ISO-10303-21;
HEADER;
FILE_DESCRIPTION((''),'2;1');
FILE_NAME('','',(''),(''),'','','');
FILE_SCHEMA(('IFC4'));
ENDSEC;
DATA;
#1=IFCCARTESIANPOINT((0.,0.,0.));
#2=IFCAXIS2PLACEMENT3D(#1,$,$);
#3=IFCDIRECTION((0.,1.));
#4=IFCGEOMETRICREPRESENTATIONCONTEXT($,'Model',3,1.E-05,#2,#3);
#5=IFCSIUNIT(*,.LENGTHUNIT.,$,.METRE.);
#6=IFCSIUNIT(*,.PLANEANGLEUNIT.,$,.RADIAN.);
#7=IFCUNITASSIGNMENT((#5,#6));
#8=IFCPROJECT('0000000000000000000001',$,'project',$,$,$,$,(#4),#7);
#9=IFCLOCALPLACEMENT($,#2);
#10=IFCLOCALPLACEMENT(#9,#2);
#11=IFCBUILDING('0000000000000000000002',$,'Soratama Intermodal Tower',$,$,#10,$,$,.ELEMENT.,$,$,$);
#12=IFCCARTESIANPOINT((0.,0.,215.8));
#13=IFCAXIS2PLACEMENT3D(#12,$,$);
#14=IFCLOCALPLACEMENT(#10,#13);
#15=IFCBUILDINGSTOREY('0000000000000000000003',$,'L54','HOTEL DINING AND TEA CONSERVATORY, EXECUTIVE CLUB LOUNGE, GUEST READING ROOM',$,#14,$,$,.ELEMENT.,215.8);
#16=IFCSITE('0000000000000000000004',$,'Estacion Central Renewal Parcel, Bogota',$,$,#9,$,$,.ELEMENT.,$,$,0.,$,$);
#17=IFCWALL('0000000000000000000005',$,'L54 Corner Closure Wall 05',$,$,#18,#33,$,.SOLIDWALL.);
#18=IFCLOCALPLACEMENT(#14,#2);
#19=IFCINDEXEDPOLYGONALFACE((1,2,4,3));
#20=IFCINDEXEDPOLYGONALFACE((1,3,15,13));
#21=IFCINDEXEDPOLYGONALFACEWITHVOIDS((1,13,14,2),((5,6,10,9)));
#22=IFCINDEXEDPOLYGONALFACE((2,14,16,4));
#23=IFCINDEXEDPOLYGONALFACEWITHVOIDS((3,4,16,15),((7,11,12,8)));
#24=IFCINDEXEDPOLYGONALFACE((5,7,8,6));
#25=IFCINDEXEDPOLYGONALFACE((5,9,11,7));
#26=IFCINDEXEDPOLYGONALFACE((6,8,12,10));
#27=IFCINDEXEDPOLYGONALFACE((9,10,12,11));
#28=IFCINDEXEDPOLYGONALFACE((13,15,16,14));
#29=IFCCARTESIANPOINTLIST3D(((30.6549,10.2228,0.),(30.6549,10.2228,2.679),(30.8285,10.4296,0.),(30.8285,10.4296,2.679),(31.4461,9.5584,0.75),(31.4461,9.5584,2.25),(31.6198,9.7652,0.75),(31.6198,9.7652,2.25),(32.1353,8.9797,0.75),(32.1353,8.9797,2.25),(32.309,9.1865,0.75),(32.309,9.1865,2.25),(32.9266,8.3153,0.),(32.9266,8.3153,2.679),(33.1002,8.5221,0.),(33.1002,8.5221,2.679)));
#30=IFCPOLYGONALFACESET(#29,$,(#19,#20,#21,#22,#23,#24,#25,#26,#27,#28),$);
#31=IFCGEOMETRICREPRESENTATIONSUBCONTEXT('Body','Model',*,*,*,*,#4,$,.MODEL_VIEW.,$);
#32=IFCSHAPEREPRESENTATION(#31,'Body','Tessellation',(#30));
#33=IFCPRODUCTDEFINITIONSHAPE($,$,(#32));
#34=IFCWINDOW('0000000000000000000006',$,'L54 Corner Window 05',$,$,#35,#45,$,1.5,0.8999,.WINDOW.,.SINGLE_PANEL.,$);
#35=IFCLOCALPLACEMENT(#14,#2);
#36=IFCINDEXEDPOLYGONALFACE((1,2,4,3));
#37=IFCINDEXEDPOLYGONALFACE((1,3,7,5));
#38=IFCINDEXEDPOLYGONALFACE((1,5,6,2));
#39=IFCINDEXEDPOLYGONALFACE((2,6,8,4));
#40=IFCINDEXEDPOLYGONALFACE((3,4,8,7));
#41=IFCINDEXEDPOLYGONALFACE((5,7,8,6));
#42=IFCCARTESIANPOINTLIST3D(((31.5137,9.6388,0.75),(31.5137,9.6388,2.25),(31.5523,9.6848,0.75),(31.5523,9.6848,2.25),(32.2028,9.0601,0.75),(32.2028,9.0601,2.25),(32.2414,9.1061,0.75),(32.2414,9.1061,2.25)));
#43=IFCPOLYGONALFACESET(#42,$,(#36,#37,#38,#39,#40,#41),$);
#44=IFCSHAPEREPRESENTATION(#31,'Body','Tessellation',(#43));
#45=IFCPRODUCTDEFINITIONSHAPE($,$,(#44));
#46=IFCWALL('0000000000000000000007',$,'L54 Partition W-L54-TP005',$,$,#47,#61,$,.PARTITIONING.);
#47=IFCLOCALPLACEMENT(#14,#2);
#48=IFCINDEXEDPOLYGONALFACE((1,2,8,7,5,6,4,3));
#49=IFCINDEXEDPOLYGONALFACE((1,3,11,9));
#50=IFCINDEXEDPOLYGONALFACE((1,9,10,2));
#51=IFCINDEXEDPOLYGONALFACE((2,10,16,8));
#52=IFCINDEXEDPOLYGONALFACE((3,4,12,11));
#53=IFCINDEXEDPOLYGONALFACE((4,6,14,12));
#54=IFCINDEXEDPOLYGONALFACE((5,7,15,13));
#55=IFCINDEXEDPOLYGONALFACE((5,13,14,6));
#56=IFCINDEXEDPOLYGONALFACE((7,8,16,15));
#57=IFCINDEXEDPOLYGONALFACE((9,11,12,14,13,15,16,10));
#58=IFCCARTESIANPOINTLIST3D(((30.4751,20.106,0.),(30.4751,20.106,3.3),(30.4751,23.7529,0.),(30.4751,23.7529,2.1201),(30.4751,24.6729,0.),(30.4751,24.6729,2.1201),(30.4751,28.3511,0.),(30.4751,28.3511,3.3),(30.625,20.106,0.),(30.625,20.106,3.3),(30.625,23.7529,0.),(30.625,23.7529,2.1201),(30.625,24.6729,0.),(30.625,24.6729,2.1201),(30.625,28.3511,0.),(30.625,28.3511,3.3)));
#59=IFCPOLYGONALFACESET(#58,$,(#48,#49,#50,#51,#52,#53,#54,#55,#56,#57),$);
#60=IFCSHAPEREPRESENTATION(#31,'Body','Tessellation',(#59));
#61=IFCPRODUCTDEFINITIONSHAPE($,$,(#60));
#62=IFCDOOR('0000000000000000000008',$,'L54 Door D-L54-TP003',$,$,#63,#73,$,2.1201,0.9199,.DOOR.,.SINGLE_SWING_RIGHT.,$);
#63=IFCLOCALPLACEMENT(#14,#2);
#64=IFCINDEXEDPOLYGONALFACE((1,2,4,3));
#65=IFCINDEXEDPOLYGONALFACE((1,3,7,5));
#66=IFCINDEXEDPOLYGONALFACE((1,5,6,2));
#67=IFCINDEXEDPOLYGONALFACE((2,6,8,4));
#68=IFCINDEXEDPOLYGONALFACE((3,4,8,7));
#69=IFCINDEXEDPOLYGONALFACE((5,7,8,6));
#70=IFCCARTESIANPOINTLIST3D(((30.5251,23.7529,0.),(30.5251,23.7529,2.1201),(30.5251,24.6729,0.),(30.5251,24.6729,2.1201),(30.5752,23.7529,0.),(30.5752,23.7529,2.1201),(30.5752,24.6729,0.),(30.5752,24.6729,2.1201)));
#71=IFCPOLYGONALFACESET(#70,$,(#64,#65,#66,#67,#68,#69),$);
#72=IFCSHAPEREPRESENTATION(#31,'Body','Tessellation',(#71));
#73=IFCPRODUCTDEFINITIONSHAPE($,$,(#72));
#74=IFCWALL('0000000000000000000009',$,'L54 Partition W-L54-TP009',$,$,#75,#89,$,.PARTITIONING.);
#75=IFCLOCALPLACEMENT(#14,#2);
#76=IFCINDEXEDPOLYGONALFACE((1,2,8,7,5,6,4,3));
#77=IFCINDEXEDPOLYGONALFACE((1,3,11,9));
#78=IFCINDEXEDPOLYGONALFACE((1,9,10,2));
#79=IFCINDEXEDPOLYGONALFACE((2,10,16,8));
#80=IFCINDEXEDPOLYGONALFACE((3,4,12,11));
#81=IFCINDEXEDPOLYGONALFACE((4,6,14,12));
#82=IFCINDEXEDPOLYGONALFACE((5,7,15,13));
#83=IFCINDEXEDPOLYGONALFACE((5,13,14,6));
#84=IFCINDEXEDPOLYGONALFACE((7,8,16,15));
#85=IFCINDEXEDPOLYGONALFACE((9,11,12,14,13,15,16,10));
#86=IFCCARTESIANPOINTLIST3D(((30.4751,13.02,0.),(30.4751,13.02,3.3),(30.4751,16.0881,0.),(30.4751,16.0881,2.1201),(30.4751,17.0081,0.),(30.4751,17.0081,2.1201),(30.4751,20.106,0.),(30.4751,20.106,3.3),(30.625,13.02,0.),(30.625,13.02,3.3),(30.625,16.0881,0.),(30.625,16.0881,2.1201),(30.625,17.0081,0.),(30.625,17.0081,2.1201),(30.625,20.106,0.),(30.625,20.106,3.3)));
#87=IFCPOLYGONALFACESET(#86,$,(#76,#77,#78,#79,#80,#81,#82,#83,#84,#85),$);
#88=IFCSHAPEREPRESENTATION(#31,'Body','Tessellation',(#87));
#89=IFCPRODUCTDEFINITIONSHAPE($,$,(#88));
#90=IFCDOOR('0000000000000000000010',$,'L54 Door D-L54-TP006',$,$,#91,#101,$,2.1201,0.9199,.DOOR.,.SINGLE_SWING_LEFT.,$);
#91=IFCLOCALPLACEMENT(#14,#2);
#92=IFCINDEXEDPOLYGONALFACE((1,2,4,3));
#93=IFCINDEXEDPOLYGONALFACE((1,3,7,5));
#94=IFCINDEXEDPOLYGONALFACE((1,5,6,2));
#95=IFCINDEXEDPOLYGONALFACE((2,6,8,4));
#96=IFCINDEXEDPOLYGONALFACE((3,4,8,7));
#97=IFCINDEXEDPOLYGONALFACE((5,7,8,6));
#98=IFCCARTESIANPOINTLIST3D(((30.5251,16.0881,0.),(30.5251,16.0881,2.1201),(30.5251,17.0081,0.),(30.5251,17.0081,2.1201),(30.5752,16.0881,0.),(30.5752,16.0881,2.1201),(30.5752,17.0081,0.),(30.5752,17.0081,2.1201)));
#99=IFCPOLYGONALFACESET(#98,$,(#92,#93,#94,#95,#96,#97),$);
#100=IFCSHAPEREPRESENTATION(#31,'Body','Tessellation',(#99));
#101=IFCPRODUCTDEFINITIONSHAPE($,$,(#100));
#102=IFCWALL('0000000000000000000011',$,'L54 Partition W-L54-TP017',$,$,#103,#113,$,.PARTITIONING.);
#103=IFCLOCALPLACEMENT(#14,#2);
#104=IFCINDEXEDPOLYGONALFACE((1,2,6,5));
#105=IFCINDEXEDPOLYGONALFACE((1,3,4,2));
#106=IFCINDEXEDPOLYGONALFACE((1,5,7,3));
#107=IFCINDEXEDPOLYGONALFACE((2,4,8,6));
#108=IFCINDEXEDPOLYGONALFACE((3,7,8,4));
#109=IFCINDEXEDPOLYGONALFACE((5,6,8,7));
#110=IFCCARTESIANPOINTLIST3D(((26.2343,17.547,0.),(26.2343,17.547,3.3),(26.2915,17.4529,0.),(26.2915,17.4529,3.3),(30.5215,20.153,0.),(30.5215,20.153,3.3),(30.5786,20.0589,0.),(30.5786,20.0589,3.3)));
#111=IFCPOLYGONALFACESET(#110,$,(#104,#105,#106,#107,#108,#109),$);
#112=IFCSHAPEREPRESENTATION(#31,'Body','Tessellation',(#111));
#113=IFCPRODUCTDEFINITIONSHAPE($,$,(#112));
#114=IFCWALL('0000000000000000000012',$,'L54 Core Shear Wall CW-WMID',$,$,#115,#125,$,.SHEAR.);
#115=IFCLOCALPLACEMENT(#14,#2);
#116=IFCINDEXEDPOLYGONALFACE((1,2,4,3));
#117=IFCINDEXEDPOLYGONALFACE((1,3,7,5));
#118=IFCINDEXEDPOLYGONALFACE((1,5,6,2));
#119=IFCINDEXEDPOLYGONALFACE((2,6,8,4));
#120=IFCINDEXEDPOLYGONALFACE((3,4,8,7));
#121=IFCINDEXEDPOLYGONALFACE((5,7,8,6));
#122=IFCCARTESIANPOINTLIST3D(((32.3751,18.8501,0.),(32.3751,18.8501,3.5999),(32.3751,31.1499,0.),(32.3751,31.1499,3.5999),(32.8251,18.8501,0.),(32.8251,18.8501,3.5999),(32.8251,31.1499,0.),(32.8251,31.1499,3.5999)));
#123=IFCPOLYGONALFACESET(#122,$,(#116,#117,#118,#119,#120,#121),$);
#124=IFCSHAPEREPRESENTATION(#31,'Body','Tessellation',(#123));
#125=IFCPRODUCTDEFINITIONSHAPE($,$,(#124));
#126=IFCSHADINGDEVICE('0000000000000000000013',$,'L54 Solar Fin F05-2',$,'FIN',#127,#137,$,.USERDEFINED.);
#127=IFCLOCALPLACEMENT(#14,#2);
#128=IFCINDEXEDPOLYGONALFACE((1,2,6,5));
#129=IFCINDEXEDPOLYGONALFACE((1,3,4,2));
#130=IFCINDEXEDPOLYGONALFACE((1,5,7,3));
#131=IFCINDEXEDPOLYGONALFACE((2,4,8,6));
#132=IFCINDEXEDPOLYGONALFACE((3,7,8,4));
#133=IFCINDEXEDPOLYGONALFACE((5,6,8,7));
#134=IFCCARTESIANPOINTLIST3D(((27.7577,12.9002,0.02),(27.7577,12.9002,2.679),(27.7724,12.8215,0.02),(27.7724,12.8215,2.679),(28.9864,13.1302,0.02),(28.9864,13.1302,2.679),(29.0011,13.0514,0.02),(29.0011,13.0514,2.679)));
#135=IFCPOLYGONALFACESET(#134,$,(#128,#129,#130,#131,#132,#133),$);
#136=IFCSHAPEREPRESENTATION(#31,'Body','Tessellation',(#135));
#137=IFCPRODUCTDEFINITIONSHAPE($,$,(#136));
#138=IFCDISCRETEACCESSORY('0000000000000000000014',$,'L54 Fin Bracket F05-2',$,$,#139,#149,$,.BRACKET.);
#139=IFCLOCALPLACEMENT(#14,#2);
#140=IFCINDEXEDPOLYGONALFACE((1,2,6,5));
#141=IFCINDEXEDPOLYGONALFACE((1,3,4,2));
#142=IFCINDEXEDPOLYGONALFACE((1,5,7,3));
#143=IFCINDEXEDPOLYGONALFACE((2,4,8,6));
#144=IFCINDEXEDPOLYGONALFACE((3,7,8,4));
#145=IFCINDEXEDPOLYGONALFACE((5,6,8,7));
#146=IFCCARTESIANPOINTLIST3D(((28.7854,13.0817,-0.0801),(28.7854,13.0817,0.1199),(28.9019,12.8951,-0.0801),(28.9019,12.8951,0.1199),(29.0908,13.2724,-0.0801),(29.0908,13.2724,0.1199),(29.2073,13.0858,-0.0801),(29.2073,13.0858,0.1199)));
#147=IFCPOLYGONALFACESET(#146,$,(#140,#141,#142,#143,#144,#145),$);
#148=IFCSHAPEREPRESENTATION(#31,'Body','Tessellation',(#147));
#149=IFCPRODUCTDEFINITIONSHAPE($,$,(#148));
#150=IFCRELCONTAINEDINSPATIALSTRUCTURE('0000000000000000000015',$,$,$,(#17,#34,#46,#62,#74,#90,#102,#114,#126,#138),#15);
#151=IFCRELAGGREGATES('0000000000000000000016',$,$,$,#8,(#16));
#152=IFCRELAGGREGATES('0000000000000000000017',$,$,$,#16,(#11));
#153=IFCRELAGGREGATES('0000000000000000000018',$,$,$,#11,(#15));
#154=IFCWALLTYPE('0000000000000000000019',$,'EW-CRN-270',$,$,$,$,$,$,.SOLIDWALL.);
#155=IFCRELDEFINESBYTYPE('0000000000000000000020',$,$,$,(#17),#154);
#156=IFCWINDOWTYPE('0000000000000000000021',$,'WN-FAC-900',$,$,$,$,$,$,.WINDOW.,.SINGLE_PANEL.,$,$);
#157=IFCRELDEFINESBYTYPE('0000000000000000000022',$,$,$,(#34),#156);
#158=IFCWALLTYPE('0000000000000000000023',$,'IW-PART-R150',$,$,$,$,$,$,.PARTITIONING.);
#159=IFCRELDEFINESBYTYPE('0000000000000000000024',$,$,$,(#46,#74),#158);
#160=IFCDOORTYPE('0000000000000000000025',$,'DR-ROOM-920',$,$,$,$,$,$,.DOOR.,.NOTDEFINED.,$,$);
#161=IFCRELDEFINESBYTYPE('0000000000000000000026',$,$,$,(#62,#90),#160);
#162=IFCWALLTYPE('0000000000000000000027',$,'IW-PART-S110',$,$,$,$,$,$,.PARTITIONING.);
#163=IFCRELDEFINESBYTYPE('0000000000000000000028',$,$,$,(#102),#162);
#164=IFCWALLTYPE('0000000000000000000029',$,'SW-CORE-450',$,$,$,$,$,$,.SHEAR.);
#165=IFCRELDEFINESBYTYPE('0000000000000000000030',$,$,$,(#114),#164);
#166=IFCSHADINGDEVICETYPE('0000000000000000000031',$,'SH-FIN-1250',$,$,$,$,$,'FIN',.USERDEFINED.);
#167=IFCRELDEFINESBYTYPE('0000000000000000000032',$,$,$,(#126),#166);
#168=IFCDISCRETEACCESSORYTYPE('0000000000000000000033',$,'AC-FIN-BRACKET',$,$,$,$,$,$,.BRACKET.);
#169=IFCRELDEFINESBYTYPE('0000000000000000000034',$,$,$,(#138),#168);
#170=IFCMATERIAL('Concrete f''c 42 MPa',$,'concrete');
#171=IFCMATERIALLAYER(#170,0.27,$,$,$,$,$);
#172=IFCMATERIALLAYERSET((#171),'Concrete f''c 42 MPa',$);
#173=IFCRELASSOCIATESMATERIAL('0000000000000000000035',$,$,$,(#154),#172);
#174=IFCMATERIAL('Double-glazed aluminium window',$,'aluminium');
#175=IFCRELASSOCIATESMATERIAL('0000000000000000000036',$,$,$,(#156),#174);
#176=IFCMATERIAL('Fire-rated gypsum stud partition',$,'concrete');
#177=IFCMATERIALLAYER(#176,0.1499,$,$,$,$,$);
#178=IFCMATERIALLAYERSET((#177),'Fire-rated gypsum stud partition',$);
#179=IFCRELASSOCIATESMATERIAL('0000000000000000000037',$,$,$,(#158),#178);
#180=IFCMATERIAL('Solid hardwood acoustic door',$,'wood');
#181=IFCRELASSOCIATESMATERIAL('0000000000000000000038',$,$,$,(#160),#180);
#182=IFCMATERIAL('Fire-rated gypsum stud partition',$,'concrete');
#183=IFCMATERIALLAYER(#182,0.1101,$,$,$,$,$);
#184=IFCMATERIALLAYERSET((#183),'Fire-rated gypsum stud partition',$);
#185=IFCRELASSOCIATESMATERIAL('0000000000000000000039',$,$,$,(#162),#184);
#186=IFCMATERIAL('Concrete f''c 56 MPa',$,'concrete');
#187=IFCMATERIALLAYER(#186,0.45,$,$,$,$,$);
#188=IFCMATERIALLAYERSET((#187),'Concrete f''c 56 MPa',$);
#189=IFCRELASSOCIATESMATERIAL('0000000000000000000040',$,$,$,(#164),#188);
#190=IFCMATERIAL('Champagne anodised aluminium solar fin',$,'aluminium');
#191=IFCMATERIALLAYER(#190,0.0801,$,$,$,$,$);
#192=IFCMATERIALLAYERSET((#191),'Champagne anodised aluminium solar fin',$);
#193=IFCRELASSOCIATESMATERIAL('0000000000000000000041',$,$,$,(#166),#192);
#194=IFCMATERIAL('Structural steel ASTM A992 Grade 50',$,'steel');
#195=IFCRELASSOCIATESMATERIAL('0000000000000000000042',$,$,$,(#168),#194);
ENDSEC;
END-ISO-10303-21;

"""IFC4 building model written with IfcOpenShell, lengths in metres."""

from ifc_helpers import new_model, si_unit, direction, frame, frame_2d, origin, origin_2d, place, context, subcontext, project, spatial, rectangle, extrude, material, layer, layer_set, type_object, element, fill, save


model = new_model("IFC4")

# Units and contexts
model_context = context("Model", 3, precision=1e-05, world=origin(), true_north=direction((0.0, 1.0)))
body_context = subcontext(model_context, "Body", "Model", "MODEL_VIEW")
ifc_project = project(units=[si_unit("LENGTHUNIT", "METRE"), si_unit("PLANEANGLEUNIT", "RADIAN")], contexts=[model_context])

# Site, building, storey
site_placement = place(None, origin())
site = spatial("IfcSite", under=ifc_project, at=site_placement, Name="Estacion Central Renewal Parcel, Bogota", CompositionType="ELEMENT", RefElevation=0.0)
building_placement = place(site_placement, origin())
building = spatial("IfcBuilding", under=site, at=building_placement, Name="Soratama Intermodal Tower", CompositionType="ELEMENT")
storey_placement = place(building_placement, frame((0.0, 0.0, 215.8)))
storey = spatial("IfcBuildingStorey", under=building, at=storey_placement, Name="L54", Description="HOTEL DINING AND TEA CONSERVATORY, EXECUTIVE CLUB LOUNGE, GUEST READING ROOM", CompositionType="ELEMENT", Elevation=215.8)

# Wall, opening, window
ifc_material_1 = material(Name="Concrete f'c 42 MPa", Category="concrete")
ifc_layer_1 = layer(ifc_material_1, 0.27)
ifc_layer_set_1 = layer_set([ifc_layer_1], Name="Concrete f'c 42 MPa")
wall_type_1 = type_object("IfcWallType", Name="EW-CRN-270", PredefinedType="SOLIDWALL", material=ifc_layer_set_1)
wall_1_placement = place(storey_placement, frame((30.7417, 10.3262, 0.0), z_axis=(0.0, 0.0, 1.0), x_axis=(0.765835, -0.643038, 0.0)))
wall_1 = element("IfcWall", 1, at=wall_1_placement, inside=storey, type_object=wall_type_1, Name="L54 Corner Closure Wall 05", PredefinedType="SOLIDWALL", context=body_context, shape_type="SweptSolid", body=[
    extrude(rectangle(XDim=2.9663, YDim=0.27, at=frame_2d((1.4832, 0.0))), origin(), (0.0, 0.0, 1.0), 2.679),
])
opening_1_placement = place(wall_1_placement, frame((1.0332, 0.0, 0.75)))
opening_1 = element("IfcOpeningElement", 2, at=opening_1_placement, cuts=wall_1, PredefinedType="OPENING", context=body_context, shape_type="SweptSolid", body=[
    extrude(rectangle(XDim=0.8999, YDim=1.5, at=frame_2d((0.45, 0.75))), frame((0.0, 0.145, 0.0), z_axis=(0.0, -1.0, 0.0), x_axis=(1.0, 0.0, 0.0)), (0.0, 0.0, 1.0), 0.29),
])
ifc_material_2 = material(Name="Double-glazed aluminium window", Category="aluminium")
window_type = type_object("IfcWindowType", Name="WN-FAC-900", PartitioningType="SINGLE_PANEL", PredefinedType="WINDOW", material=ifc_material_2)
window_placement = place(opening_1_placement, origin())
window = element("IfcWindow", 3, at=window_placement, inside=storey, type_object=window_type, Name="L54 Corner Window 05", OverallHeight=1.5, OverallWidth=0.8999, PartitioningType="SINGLE_PANEL", PredefinedType="WINDOW", context=body_context, shape_type="SweptSolid", body=[
    extrude(rectangle(XDim=0.8999, YDim=1.5, at=frame_2d((0.45, 0.75))), frame((0.0, 0.03, 0.0), z_axis=(0.0, -1.0, 0.0), x_axis=(1.0, 0.0, 0.0)), (0.0, 0.0, 1.0), 0.0601),
])
fill(opening_1, window)

# Walls, openings, doors
ifc_material_3 = material(Name="Fire-rated gypsum stud partition", Category="concrete")
ifc_layer_2 = layer(ifc_material_3, 0.1499)
ifc_layer_set_2 = layer_set([ifc_layer_2], Name="Fire-rated gypsum stud partition")
wall_type_2 = type_object("IfcWallType", Name="IW-PART-R150", PredefinedType="PARTITIONING", material=ifc_layer_set_2)
wall_2_placement = place(storey_placement, frame((30.55, 20.106, 0.0), z_axis=(0.0, 0.0, 1.0), x_axis=(0.0, 1.0, 0.0)))
wall_2 = element("IfcWall", 4, at=wall_2_placement, inside=storey, type_object=wall_type_2, Name="L54 Partition W-L54-TP005", PredefinedType="PARTITIONING", context=body_context, shape_type="SweptSolid", body=[
    extrude(rectangle(XDim=8.2451, YDim=0.1499, at=frame_2d((4.1226, 0.0))), origin(), (0.0, 0.0, 1.0), 3.3),
])
opening_2_placement = place(wall_2_placement, frame((3.647, 0.0, 0.0)))
opening_2 = element("IfcOpeningElement", 5, at=opening_2_placement, cuts=wall_2, PredefinedType="OPENING", context=body_context, shape_type="SweptSolid", body=[
    extrude(rectangle(XDim=0.9199, YDim=2.1201, at=frame_2d((0.46, 1.0601))), frame((0.0, 0.085, 0.0), z_axis=(0.0, -1.0, 0.0), x_axis=(1.0, 0.0, 0.0)), (0.0, 0.0, 1.0), 0.1699),
])
ifc_material_4 = material(Name="Solid hardwood acoustic door", Category="wood")
door_type = type_object("IfcDoorType", Name="DR-ROOM-920", OperationType="NOTDEFINED", PredefinedType="DOOR", material=ifc_material_4)
door_1_placement = place(opening_2_placement, origin())
door_1 = element("IfcDoor", 6, at=door_1_placement, inside=storey, type_object=door_type, Name="L54 Door D-L54-TP003", OperationType="SINGLE_SWING_RIGHT", OverallHeight=2.1201, OverallWidth=0.9199, PredefinedType="DOOR", context=body_context, shape_type="SweptSolid", body=[
    extrude(rectangle(XDim=0.9199, YDim=2.1201, at=frame_2d((0.46, 1.0601))), frame((0.0, 0.0249, 0.0), z_axis=(0.0, -1.0, 0.0), x_axis=(1.0, 0.0, 0.0)), (0.0, 0.0, 1.0), 0.05),
])
fill(opening_2, door_1)
wall_3_placement = place(storey_placement, frame((30.55, 13.02, 0.0), z_axis=(0.0, 0.0, 1.0), x_axis=(0.0, 1.0, 0.0)))
wall_3 = element("IfcWall", 7, at=wall_3_placement, inside=storey, type_object=wall_type_2, Name="L54 Partition W-L54-TP009", PredefinedType="PARTITIONING", context=body_context, shape_type="SweptSolid", body=[
    extrude(rectangle(XDim=7.0859, YDim=0.1499, at=frame_2d((3.543, 0.0))), origin(), (0.0, 0.0, 1.0), 3.3),
])
opening_3_placement = place(wall_3_placement, frame((3.0681, 0.0, 0.0)))
opening_3 = element("IfcOpeningElement", 8, at=opening_3_placement, cuts=wall_3, PredefinedType="OPENING", context=body_context, shape_type="SweptSolid", body=[
    extrude(rectangle(XDim=0.9199, YDim=2.1201, at=frame_2d((0.46, 1.0601))), frame((0.0, 0.085, 0.0), z_axis=(0.0, -1.0, 0.0), x_axis=(1.0, 0.0, 0.0)), (0.0, 0.0, 1.0), 0.1699),
])
door_2_placement = place(opening_3_placement, origin())
door_2 = element("IfcDoor", 9, at=door_2_placement, inside=storey, type_object=door_type, Name="L54 Door D-L54-TP006", OperationType="SINGLE_SWING_LEFT", OverallHeight=2.1201, OverallWidth=0.9199, PredefinedType="DOOR", context=body_context, shape_type="SweptSolid", body=[
    extrude(rectangle(XDim=0.9199, YDim=2.1201, at=frame_2d((0.46, 1.0601))), frame((0.0, 0.0249, 0.0), z_axis=(0.0, -1.0, 0.0), x_axis=(1.0, 0.0, 0.0)), (0.0, 0.0, 1.0), 0.05),
])
fill(opening_3, door_2)

# Walls
ifc_material_5 = material(Name="Fire-rated gypsum stud partition", Category="concrete")
ifc_layer_3 = layer(ifc_material_5, 0.1101)
ifc_layer_set_3 = layer_set([ifc_layer_3], Name="Fire-rated gypsum stud partition")
wall_type_3 = type_object("IfcWallType", Name="IW-PART-S110", PredefinedType="PARTITIONING", material=ifc_layer_set_3)
wall_4_placement = place(storey_placement, frame((30.55, 20.106, 0.0), z_axis=(0.0, 0.0, 1.0), x_axis=(-0.854516, -0.519425, 0.0)))
element("IfcWall", 10, at=wall_4_placement, inside=storey, type_object=wall_type_3, Name="L54 Partition W-L54-TP017", PredefinedType="PARTITIONING", context=body_context, shape_type="SweptSolid", body=[
    extrude(rectangle(XDim=5.0171, YDim=0.1101, at=frame_2d((2.5085, 0.0))), origin(), (0.0, 0.0, 1.0), 3.3),
])
ifc_material_6 = material(Name="Concrete f'c 56 MPa", Category="concrete")
ifc_layer_4 = layer(ifc_material_6, 0.45)
ifc_layer_set_4 = layer_set([ifc_layer_4], Name="Concrete f'c 56 MPa")
wall_type_4 = type_object("IfcWallType", Name="SW-CORE-450", PredefinedType="SHEAR", material=ifc_layer_set_4)
wall_5_placement = place(storey_placement, frame((32.6001, 18.8501, 0.0), z_axis=(0.0, 0.0, 1.0), x_axis=(0.0, 1.0, 0.0)))
element("IfcWall", 11, at=wall_5_placement, inside=storey, type_object=wall_type_4, Name="L54 Core Shear Wall CW-WMID", PredefinedType="SHEAR", context=body_context, shape_type="SweptSolid", body=[
    extrude(rectangle(XDim=12.2998, YDim=0.45, at=frame_2d((6.1499, 0.0))), origin(), (0.0, 0.0, 1.0), 3.5999),
])

# Shading device
ifc_material_7 = material(Name="Champagne anodised aluminium solar fin", Category="aluminium")
ifc_layer_5 = layer(ifc_material_7, 0.0801)
ifc_layer_set_5 = layer_set([ifc_layer_5], Name="Champagne anodised aluminium solar fin")
shading_device_type = type_object("IfcShadingDeviceType", Name="SH-FIN-1250", ElementType="FIN", PredefinedType="USERDEFINED", material=ifc_layer_set_5)
shading_device_placement = place(storey_placement, frame((28.3794, 12.9758, 0.02), z_axis=(0.0, 0.0, 1.0), x_axis=(-0.982935, -0.183951, 0.0)))
element("IfcShadingDevice", 12, at=shading_device_placement, inside=storey, type_object=shading_device_type, Name="L54 Solar Fin F05-2", ObjectType="FIN", PredefinedType="USERDEFINED", context=body_context, shape_type="SweptSolid", body=[
    extrude(rectangle(XDim=1.25, YDim=0.0801, at=origin_2d()), origin(), (0.0, 0.0, 1.0), 2.6589),
])

# Discrete accessory
ifc_material_8 = material(Name="Structural steel ASTM A992 Grade 50", Category="steel")
discrete_accessory_type = type_object("IfcDiscreteAccessoryType", Name="AC-FIN-BRACKET", PredefinedType="BRACKET", material=ifc_material_8)
discrete_accessory_placement = place(storey_placement, frame((28.9963, 13.0837, -0.0801), z_axis=(0.0, 0.0, 1.0), x_axis=(-0.848233, -0.529623, 0.0)))
element("IfcDiscreteAccessory", 13, at=discrete_accessory_placement, inside=storey, type_object=discrete_accessory_type, Name="L54 Fin Bracket F05-2", PredefinedType="BRACKET", context=body_context, shape_type="SweptSolid", body=[
    extrude(rectangle(XDim=0.3601, YDim=0.22, at=origin_2d()), origin(), (0.0, 0.0, 1.0), 0.2),
])

save(model, "model.ifc")
